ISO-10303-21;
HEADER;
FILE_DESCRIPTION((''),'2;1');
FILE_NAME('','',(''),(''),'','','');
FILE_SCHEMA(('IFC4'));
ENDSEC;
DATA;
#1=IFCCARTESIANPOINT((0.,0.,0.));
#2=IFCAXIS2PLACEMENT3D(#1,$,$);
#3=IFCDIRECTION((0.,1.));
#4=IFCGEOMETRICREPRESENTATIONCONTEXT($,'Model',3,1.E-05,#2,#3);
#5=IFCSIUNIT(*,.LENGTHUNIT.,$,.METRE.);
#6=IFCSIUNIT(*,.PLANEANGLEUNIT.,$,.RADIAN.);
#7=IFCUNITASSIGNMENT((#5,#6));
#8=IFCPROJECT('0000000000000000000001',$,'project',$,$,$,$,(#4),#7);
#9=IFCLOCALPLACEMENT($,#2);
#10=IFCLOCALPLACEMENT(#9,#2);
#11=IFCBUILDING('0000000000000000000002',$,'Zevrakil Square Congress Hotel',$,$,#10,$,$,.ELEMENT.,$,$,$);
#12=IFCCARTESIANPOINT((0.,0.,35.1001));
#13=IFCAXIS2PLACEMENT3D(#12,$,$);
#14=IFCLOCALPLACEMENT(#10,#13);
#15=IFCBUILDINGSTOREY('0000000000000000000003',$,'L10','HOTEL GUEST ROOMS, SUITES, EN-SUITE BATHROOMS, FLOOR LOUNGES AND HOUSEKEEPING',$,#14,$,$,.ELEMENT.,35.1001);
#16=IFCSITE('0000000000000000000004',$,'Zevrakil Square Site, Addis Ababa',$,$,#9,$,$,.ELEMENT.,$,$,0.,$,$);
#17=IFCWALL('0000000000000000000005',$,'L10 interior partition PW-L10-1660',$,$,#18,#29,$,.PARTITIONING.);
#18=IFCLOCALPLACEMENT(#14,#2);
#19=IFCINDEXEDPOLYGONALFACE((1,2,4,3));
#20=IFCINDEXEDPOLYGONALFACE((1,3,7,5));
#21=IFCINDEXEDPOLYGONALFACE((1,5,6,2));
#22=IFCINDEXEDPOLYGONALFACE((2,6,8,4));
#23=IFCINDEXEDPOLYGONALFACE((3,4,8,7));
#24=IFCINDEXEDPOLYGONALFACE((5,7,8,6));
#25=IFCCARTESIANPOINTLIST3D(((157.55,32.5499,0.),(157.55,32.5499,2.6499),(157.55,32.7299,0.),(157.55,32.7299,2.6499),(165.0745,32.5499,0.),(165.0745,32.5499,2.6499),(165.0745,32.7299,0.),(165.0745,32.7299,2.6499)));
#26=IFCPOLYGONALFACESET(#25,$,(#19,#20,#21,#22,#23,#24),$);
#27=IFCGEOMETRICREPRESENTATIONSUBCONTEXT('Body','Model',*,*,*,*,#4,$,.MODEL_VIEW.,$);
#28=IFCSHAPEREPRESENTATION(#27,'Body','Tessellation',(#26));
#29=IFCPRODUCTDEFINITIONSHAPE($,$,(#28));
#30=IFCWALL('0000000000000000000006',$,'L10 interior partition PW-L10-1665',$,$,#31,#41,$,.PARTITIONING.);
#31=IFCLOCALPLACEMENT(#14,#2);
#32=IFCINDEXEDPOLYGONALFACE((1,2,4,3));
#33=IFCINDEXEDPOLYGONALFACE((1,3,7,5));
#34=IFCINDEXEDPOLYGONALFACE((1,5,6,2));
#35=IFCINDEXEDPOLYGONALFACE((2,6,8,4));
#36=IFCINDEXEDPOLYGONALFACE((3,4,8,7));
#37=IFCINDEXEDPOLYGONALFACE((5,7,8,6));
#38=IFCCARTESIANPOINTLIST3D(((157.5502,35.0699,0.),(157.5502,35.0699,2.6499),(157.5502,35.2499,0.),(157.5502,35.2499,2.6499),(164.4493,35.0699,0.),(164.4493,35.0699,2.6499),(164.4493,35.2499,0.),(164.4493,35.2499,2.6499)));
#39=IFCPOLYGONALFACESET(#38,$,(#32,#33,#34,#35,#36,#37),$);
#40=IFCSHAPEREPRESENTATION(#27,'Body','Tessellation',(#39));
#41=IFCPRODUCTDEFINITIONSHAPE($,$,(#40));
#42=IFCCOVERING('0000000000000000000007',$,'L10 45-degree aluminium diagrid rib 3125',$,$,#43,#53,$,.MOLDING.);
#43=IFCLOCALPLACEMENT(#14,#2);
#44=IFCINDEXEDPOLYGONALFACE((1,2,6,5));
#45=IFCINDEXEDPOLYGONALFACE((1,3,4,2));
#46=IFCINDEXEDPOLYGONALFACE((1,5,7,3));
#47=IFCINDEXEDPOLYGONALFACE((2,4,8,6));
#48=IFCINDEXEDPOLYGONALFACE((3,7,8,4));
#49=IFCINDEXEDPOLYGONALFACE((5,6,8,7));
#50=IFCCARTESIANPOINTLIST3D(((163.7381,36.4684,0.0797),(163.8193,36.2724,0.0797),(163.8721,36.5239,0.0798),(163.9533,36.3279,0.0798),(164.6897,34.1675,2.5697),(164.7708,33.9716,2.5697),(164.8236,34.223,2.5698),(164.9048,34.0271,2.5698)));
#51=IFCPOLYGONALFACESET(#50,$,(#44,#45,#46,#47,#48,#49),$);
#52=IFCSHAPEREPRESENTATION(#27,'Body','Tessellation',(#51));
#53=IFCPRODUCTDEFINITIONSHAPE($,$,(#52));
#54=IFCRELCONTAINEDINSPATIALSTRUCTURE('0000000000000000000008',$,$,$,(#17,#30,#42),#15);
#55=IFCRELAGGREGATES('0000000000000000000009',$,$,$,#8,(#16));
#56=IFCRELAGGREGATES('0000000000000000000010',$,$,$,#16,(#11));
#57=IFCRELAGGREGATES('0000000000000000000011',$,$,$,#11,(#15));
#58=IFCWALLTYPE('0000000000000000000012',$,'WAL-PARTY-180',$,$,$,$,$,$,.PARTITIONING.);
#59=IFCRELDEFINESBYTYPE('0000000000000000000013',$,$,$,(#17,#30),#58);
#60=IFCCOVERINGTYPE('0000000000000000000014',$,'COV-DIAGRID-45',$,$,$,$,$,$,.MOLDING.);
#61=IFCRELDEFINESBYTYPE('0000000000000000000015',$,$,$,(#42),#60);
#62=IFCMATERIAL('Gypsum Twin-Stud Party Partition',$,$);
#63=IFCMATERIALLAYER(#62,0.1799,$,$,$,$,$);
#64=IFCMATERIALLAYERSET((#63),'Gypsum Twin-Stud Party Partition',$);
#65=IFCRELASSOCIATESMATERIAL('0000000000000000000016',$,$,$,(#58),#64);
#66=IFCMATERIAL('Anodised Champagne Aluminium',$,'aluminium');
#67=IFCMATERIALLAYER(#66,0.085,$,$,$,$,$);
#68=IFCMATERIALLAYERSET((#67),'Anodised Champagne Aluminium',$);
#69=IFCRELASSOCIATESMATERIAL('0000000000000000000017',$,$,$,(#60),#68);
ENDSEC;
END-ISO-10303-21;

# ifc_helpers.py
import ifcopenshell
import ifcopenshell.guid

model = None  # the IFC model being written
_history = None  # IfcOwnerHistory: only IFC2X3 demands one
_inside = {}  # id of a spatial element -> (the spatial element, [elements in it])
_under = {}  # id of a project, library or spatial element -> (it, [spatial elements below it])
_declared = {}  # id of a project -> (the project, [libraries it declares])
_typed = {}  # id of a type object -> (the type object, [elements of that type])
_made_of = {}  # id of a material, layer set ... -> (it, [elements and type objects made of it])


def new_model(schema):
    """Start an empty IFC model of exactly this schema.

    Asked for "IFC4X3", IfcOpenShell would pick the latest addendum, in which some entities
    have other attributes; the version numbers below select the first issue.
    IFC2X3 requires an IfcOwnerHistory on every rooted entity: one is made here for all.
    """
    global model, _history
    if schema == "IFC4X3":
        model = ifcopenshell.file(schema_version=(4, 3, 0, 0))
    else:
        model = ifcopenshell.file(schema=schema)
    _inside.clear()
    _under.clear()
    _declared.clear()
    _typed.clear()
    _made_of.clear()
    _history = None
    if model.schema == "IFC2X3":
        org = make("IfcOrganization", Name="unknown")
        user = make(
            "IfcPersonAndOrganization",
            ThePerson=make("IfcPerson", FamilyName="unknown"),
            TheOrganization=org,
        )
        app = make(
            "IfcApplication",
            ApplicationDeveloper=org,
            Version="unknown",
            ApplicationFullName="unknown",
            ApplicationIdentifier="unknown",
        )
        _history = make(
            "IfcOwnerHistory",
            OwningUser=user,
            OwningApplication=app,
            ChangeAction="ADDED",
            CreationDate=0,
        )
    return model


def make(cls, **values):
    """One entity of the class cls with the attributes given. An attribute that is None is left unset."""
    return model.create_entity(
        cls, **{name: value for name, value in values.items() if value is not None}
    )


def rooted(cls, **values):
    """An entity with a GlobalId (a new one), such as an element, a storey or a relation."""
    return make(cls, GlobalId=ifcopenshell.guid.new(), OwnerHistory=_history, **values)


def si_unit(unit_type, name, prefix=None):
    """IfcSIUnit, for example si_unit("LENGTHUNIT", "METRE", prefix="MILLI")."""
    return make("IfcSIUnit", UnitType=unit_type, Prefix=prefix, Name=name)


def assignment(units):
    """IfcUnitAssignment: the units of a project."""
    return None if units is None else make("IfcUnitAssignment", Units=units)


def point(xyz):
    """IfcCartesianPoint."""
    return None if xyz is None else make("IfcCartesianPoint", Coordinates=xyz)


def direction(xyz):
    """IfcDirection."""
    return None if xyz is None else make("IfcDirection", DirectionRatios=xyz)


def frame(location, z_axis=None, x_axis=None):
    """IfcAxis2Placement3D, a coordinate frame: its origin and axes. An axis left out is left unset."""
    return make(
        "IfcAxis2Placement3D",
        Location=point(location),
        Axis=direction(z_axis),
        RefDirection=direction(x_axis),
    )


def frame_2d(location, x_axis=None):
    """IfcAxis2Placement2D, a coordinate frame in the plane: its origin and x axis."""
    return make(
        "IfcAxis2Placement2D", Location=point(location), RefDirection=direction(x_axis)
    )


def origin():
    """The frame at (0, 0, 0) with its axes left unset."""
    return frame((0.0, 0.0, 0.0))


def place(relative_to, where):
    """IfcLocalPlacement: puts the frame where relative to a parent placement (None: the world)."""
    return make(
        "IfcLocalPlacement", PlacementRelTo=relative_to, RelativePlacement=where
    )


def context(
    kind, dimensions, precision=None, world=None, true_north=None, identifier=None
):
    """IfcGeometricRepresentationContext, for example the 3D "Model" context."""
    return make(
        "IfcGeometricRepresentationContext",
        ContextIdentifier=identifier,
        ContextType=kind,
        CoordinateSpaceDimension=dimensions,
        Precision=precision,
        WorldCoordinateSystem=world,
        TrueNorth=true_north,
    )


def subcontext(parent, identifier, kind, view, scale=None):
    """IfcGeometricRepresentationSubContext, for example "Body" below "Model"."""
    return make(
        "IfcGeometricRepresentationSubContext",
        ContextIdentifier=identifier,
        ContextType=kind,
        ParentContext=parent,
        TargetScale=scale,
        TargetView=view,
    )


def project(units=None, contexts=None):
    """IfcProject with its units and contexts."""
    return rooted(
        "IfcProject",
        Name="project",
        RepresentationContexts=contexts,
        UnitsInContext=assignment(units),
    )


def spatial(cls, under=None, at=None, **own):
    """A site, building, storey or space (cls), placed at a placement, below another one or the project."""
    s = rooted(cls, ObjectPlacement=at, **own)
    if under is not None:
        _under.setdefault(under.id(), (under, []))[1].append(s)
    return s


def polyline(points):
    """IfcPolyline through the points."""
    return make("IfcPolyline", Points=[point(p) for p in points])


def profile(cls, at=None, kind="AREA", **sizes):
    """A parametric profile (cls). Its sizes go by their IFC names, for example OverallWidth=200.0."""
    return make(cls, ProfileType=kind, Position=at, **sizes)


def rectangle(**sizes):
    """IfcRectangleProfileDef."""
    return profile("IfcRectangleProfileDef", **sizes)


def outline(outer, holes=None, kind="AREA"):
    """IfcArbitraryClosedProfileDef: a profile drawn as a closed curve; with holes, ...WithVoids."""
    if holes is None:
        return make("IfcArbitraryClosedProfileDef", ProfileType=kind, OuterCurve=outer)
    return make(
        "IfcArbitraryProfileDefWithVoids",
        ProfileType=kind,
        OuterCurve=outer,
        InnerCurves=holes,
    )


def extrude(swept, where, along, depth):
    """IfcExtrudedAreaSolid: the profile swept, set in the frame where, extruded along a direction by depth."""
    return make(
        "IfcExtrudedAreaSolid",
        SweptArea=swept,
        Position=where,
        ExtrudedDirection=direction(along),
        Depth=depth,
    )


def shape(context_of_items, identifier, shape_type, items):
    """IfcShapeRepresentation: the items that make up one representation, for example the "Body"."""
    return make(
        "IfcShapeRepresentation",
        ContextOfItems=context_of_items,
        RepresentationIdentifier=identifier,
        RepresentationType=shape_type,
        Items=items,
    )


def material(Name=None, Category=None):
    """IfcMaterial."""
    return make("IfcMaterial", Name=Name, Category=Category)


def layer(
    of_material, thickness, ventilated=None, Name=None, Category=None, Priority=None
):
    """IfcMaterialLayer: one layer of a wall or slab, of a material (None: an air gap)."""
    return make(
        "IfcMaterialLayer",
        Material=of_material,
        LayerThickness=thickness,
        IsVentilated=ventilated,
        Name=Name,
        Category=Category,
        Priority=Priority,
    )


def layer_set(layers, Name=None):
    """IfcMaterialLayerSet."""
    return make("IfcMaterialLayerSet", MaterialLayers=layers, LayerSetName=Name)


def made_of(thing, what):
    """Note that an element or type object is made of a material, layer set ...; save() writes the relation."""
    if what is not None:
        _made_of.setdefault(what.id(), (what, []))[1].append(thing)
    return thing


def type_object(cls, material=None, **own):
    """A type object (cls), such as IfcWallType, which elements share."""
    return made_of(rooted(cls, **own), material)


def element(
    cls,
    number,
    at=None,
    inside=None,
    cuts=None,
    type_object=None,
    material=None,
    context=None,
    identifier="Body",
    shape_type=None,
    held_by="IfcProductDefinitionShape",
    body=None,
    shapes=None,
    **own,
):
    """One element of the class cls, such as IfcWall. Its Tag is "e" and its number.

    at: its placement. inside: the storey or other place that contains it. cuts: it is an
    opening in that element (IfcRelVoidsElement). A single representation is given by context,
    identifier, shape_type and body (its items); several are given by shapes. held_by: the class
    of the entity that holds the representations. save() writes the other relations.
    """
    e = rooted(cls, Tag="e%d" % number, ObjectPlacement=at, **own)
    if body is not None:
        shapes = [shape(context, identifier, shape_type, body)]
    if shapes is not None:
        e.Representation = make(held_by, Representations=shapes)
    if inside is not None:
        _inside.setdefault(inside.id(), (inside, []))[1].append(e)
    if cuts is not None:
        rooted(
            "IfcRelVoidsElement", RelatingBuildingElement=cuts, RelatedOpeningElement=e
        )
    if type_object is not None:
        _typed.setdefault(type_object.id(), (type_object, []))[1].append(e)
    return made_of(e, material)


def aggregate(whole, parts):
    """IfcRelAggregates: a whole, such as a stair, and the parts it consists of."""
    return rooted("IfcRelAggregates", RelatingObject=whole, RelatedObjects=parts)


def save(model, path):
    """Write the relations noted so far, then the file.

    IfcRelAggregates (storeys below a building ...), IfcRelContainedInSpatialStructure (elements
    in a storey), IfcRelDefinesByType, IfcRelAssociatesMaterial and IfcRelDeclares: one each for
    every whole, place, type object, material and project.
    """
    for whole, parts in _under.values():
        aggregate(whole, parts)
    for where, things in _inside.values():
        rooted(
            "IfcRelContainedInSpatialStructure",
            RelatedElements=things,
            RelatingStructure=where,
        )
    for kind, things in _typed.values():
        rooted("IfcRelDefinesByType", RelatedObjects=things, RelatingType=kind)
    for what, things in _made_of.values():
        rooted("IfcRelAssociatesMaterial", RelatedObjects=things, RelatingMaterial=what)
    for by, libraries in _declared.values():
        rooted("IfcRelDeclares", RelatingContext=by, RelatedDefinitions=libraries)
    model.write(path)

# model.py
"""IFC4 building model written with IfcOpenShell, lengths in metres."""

from ifc_helpers import new_model, si_unit, direction, frame, frame_2d, origin, place, context, subcontext, project, spatial, polyline, rectangle, outline, extrude, material, layer, layer_set, type_object, element, save


model = new_model("IFC4")

# Units and contexts
model_context = context("Model", 3, precision=1e-05, world=origin(), true_north=direction((0.0, 1.0)))
body_context = subcontext(model_context, "Body", "Model", "MODEL_VIEW")
ifc_project = project(units=[si_unit("LENGTHUNIT", "METRE"), si_unit("PLANEANGLEUNIT", "RADIAN")], contexts=[model_context])

# Site, building, storey
site_placement = place(None, origin())
site = spatial("IfcSite", under=ifc_project, at=site_placement, Name="Zevrakil Square Site, Addis Ababa", CompositionType="ELEMENT", RefElevation=0.0)
building_placement = place(site_placement, origin())
building = spatial("IfcBuilding", under=site, at=building_placement, Name="Zevrakil Square Congress Hotel", CompositionType="ELEMENT")
storey_placement = place(building_placement, frame((0.0, 0.0, 35.1001)))
storey = spatial("IfcBuildingStorey", under=building, at=storey_placement, Name="L10", Description="HOTEL GUEST ROOMS, SUITES, EN-SUITE BATHROOMS, FLOOR LOUNGES AND HOUSEKEEPING", CompositionType="ELEMENT", Elevation=35.1001)

# Walls
ifc_material_1 = material(Name="Gypsum Twin-Stud Party Partition")
ifc_layer_1 = layer(ifc_material_1, 0.1799)
ifc_layer_set_1 = layer_set([ifc_layer_1], Name="Gypsum Twin-Stud Party Partition")
wall_type_1 = type_object("IfcWallType", Name="WAL-PARTY-180", PredefinedType="PARTITIONING", material=ifc_layer_set_1)
wall_1_placement = place(storey_placement, frame((157.55, 32.6399, 0.0), z_axis=(0.0, 0.0, 1.0), x_axis=(1.0, 0.0, 0.0)))
element("IfcWall", 1, at=wall_1_placement, inside=storey, type_object=wall_type_1, Name="L10 interior partition PW-L10-1660", PredefinedType="PARTITIONING", context=body_context, shape_type="SweptSolid", body=[
    extrude(rectangle(XDim=7.5244, YDim=0.1799, at=frame_2d((3.7622, 0.0))), origin(), (0.0, 0.0, 1.0), 2.6499),
])
wall_2_placement = place(storey_placement, frame((157.55, 35.1599, 0.0), z_axis=(0.0, 0.0, 1.0), x_axis=(1.0, 0.0, 0.0)))
element("IfcWall", 2, at=wall_2_placement, inside=storey, type_object=wall_type_1, Name="L10 interior partition PW-L10-1665", PredefinedType="PARTITIONING", context=body_context, shape_type="SweptSolid", body=[
    extrude(rectangle(XDim=6.8992, YDim=0.1799, at=frame_2d((3.4497, 0.0))), origin(), (0.0, 0.0, 1.0), 2.6499),
])

# Covering
ifc_material_2 = material(Name="Anodised Champagne Aluminium", Category="aluminium")
ifc_layer_2 = layer(ifc_material_2, 0.085)
ifc_layer_set_2 = layer_set([ifc_layer_2], Name="Anodised Champagne Aluminium")
covering_type = type_object("IfcCoveringType", Name="COV-DIAGRID-45", PredefinedType="MOLDING", material=ifc_layer_set_2)
covering_placement = place(storey_placement, frame((164.9048, 34.0271, 2.5698), z_axis=(0.923841, 0.382775, 0.000666), x_axis=(-0.382775, 0.923841, 0.000001)))
element("IfcCovering", 3, at=covering_placement, inside=storey, type_object=covering_type, Name="L10 45-degree aluminium diagrid rib 3125", PredefinedType="MOLDING", context=body_context, shape_type="SweptSolid", body=[
    extrude(outline(polyline([(0.0, 0.0), (0.212, 0.0), (2.702, -2.49), (2.4898, -2.49), (0.0, 0.0)])), origin(), (0.0, 0.0, -1.0), 0.145),
])

save(model, "model.ifc")
